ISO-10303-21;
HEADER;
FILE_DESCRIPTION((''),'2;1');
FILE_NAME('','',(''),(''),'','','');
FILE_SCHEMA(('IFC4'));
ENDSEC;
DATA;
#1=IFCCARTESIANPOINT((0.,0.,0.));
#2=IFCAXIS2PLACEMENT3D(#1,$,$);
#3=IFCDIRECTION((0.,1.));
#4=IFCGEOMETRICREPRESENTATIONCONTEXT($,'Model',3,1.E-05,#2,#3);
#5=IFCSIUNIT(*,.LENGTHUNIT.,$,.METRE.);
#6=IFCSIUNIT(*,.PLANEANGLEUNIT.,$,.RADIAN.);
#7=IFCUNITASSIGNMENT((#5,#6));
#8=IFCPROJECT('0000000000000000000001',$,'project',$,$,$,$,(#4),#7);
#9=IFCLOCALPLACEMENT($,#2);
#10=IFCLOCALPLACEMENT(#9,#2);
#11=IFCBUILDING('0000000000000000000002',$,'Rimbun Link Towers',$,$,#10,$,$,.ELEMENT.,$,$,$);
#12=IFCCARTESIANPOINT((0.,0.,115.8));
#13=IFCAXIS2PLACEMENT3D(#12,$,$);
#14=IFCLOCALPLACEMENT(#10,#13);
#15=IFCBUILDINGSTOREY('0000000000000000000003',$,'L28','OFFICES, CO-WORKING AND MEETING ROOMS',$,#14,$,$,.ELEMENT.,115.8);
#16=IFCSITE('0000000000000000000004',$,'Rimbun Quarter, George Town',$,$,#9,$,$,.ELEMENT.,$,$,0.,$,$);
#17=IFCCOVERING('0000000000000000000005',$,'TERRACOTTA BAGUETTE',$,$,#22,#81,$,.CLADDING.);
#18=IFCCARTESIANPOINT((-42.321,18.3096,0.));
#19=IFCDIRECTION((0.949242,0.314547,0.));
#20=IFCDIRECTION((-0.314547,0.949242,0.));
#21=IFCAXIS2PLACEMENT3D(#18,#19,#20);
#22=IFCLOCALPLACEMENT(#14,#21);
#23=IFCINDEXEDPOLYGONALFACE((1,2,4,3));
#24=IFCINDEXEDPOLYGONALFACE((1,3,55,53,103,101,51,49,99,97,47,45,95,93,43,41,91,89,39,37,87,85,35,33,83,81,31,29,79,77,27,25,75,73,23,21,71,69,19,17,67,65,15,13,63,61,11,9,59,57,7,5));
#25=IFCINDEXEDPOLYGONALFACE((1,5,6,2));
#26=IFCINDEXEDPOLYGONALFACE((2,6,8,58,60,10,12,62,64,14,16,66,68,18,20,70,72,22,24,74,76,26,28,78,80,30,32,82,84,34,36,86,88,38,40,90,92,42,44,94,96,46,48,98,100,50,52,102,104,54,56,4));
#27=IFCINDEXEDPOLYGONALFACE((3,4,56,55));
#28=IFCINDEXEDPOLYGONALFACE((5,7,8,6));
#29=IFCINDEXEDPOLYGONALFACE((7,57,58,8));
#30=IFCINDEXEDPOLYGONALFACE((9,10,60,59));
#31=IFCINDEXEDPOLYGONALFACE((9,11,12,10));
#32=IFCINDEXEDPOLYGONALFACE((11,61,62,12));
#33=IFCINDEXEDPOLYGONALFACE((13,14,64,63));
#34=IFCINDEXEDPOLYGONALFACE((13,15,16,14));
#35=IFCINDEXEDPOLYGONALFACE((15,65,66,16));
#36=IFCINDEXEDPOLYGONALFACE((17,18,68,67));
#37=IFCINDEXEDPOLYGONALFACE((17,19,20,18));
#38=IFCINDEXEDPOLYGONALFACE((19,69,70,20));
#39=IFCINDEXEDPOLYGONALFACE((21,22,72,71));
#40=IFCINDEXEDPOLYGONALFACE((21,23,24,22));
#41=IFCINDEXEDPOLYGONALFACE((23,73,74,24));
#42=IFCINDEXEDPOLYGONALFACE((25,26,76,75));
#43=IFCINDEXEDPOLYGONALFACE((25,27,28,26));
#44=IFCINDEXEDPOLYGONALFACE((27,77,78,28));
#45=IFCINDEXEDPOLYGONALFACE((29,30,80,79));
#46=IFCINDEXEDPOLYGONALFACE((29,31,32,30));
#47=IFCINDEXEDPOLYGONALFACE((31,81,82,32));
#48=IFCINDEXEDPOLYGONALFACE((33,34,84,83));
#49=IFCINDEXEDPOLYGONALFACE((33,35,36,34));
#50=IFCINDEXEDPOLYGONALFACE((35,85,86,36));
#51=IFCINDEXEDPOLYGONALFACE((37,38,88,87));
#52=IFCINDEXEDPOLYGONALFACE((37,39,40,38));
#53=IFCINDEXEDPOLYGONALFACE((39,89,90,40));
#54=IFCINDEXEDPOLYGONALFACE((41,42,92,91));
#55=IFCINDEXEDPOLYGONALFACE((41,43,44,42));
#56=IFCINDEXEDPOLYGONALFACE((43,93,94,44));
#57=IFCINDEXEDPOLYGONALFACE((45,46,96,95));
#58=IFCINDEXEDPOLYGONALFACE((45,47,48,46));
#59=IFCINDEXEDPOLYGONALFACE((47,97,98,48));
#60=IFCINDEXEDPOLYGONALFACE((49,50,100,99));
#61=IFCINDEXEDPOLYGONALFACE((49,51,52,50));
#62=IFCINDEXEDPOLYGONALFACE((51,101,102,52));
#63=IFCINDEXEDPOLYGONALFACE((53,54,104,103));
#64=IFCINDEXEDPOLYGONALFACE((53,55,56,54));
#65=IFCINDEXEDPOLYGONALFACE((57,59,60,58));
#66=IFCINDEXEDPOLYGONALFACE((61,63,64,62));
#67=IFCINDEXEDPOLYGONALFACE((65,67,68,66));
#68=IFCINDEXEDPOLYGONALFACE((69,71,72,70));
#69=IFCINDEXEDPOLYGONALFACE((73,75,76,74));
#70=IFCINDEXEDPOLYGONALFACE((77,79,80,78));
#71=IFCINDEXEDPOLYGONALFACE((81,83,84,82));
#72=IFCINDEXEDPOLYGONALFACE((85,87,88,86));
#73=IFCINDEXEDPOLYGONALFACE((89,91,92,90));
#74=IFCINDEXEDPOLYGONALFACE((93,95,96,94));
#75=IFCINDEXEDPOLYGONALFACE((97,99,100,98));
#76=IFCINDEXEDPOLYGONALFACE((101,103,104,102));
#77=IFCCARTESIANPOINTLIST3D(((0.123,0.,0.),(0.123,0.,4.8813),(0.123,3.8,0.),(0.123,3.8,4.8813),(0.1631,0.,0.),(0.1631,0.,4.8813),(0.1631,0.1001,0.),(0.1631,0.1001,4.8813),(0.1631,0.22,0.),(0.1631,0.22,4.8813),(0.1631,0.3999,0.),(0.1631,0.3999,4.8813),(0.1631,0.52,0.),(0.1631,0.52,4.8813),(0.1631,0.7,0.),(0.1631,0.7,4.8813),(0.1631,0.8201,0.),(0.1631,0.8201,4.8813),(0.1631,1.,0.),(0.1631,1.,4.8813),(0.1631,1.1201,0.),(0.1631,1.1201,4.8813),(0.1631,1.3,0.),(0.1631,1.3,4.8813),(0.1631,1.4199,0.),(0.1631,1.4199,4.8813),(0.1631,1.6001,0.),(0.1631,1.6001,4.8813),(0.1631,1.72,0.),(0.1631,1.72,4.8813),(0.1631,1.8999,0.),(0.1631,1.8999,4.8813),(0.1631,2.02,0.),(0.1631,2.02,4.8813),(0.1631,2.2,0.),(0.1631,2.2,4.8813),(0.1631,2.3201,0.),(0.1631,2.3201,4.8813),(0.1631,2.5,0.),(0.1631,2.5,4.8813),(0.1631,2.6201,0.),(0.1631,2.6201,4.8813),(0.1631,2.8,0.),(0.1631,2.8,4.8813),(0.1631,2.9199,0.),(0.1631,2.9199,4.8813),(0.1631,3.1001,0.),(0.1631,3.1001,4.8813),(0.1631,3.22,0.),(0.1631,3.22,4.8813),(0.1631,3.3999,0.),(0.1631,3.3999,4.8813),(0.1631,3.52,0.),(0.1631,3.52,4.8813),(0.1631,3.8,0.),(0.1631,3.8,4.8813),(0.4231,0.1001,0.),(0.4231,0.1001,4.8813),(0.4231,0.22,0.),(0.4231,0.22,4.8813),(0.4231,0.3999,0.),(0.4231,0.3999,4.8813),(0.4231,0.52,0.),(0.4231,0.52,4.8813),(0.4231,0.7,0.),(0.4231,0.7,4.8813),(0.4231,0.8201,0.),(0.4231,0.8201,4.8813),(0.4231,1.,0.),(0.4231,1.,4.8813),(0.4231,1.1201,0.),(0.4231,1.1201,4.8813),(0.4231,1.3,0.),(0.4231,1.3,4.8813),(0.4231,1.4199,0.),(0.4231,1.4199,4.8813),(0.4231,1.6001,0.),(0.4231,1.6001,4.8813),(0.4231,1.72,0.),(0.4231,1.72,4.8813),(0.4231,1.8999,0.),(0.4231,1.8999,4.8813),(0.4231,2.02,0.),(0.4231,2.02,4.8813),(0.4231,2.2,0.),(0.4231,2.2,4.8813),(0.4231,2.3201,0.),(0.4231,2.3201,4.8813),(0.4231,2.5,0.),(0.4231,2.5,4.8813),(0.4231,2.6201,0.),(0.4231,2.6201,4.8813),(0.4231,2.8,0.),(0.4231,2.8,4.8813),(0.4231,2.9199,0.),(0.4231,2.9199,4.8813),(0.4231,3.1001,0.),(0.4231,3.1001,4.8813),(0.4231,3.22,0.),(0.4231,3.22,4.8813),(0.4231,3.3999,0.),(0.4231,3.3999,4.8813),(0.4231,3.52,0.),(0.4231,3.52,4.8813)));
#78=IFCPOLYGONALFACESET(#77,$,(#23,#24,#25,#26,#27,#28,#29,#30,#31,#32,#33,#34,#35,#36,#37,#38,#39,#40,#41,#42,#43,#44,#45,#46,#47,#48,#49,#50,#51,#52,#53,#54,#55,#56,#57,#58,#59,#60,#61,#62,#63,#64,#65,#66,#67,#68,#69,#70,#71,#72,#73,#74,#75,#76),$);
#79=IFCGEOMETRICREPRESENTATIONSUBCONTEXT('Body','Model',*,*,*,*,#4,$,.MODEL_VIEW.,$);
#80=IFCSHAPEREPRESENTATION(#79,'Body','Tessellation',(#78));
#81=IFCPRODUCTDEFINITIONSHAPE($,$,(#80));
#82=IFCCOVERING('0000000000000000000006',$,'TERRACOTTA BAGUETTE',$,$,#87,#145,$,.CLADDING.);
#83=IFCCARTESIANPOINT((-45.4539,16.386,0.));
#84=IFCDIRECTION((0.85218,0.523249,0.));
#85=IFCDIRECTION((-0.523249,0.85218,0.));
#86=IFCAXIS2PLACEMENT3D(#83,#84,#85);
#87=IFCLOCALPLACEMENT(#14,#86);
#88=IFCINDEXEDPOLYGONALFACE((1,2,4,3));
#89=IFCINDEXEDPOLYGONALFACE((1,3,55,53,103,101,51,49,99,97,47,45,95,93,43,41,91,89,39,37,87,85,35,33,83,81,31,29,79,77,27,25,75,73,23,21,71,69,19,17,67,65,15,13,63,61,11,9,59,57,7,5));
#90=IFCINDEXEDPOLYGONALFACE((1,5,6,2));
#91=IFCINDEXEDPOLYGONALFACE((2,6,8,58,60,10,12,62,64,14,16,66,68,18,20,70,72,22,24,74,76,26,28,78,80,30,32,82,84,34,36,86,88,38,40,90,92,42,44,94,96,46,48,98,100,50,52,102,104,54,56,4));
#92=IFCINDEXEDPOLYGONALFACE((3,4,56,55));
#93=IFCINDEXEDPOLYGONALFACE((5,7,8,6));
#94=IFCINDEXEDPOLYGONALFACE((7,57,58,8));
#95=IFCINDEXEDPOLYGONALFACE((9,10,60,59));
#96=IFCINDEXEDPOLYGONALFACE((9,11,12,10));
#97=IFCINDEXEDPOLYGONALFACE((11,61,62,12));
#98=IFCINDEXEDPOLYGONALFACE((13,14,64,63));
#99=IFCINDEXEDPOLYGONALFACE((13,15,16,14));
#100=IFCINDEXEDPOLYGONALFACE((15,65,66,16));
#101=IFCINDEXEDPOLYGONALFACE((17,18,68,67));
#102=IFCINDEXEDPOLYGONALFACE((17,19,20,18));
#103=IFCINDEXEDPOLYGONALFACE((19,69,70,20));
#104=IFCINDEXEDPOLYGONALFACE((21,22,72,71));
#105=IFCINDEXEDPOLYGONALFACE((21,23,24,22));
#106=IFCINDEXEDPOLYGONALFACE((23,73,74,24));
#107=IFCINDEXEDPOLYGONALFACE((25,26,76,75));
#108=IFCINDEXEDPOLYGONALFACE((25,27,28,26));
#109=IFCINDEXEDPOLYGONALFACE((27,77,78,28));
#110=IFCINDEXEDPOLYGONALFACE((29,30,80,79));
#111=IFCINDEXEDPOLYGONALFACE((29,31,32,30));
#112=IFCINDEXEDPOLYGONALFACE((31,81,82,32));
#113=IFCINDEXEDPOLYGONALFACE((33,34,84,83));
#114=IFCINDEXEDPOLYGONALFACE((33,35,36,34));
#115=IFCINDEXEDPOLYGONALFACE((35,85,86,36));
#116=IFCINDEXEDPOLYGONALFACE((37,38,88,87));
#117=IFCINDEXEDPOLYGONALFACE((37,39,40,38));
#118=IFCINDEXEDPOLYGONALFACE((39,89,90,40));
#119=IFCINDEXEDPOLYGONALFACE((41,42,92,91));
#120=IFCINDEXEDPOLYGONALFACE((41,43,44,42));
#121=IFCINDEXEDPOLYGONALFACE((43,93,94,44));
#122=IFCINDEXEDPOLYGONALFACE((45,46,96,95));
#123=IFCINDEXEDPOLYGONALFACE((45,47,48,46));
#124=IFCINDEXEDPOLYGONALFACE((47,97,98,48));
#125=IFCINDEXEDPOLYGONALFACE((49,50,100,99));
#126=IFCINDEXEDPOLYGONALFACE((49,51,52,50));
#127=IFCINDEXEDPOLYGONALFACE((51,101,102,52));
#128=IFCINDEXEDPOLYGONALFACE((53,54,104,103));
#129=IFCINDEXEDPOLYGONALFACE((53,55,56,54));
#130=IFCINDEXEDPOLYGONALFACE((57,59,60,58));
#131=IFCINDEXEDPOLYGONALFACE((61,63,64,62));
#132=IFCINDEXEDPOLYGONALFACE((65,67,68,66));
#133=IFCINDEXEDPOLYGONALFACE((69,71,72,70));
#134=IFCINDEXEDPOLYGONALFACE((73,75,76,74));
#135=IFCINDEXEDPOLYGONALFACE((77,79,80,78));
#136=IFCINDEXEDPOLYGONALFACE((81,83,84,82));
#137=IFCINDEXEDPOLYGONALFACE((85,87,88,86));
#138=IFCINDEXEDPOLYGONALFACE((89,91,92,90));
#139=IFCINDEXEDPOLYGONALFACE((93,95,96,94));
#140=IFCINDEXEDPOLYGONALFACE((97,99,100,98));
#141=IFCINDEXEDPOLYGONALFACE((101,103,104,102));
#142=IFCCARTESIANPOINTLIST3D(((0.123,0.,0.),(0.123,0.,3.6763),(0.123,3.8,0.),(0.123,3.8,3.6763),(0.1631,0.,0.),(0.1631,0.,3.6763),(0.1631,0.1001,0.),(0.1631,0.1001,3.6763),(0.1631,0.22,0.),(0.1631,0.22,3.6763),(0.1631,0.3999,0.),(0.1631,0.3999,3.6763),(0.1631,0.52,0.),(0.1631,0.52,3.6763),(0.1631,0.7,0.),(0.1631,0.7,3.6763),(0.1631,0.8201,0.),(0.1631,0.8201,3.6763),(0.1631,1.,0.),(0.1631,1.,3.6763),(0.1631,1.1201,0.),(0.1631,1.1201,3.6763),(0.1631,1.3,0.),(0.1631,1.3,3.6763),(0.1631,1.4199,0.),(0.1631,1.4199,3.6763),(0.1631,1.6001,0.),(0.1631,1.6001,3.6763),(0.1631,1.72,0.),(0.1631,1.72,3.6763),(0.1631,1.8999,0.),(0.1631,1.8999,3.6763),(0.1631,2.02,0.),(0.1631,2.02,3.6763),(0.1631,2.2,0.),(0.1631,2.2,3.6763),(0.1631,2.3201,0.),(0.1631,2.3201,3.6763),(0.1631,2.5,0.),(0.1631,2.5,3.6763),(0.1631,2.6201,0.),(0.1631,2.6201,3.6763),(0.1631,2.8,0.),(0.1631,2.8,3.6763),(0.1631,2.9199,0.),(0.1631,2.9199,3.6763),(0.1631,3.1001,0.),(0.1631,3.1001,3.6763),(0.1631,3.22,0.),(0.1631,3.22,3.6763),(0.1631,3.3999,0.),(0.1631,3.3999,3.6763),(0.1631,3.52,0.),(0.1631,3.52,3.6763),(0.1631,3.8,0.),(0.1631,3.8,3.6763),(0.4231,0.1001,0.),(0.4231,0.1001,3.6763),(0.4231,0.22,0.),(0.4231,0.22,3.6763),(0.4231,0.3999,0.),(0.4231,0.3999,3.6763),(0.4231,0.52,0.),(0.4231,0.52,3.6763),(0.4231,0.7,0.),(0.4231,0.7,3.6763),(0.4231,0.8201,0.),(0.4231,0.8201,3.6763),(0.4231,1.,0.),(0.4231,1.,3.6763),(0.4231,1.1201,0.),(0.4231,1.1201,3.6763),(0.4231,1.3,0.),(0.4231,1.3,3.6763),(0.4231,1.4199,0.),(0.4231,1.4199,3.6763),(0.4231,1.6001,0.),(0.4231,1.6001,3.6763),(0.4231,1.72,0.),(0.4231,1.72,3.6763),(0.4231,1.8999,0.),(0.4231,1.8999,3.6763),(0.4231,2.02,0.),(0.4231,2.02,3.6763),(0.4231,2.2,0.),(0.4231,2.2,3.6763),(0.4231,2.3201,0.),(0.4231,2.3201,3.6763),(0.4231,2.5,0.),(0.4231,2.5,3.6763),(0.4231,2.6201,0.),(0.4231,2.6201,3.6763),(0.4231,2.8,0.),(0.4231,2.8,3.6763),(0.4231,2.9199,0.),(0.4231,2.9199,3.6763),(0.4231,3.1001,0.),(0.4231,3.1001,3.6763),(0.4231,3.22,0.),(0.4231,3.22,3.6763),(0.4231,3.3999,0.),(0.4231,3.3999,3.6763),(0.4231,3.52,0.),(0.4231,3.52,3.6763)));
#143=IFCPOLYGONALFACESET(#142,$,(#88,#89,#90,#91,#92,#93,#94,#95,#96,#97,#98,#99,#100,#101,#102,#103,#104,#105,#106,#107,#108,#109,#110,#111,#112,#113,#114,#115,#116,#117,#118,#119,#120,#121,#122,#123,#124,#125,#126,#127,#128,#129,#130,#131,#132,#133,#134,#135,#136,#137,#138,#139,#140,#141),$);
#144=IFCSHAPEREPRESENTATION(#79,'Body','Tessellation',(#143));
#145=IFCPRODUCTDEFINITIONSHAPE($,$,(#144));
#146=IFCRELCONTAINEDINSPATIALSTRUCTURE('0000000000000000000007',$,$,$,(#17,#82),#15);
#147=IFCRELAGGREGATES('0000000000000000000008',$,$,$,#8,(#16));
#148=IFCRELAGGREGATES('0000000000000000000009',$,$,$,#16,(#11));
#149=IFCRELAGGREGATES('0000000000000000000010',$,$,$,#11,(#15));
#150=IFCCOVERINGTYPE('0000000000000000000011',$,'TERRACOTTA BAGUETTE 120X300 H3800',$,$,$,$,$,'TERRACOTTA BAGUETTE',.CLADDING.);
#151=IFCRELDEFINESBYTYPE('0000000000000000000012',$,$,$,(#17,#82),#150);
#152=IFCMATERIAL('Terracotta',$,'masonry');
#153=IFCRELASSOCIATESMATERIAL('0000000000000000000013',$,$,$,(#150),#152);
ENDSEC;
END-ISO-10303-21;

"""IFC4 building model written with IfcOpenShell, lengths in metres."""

from ifc_helpers import new_model, si_unit, direction, frame, origin, place, context, subcontext, project, spatial, polyline, outline, extrude, material, material_profile, profile_set, type_object, element, save


model = new_model("IFC4")

# Units and contexts
model_context = context("Model", 3, precision=1e-05, world=origin(), true_north=direction((0.0, 1.0)))
body_context = subcontext(model_context, "Body", "Model", "MODEL_VIEW")
ifc_project = project(units=[si_unit("LENGTHUNIT", "METRE"), si_unit("PLANEANGLEUNIT", "RADIAN")], contexts=[model_context])

# Site, building, storey
site_placement = place(None, origin())
site = spatial("IfcSite", under=ifc_project, at=site_placement, Name="Rimbun Quarter, George Town", CompositionType="ELEMENT", RefElevation=0.0)
building_placement = place(site_placement, origin())
building = spatial("IfcBuilding", under=site, at=building_placement, Name="Rimbun Link Towers", CompositionType="ELEMENT")
storey_placement = place(building_placement, frame((0.0, 0.0, 115.8)))
storey = spatial("IfcBuildingStorey", under=building, at=storey_placement, Name="L28", Description="OFFICES, CO-WORKING AND MEETING ROOMS", CompositionType="ELEMENT", Elevation=115.8)

# Coverings
ifc_material_1 = material(Name="Terracotta", Category="masonry")
ifc_material_profile_1 = material_profile(ifc_material_1, outline(polyline([(0.123, 0.0), (0.1631, 0.0), (0.1631, 0.1001), (0.4231, 0.1001), (0.4231, 0.22), (0.1631, 0.22), (0.1631, 0.3999), (0.4231, 0.3999), (0.4231, 0.52), (0.1631, 0.52), (0.1631, 0.7), (0.4231, 0.7), (0.4231, 0.8201), (0.1631, 0.8201), (0.1631, 1.0), (0.4231, 1.0), (0.4231, 1.1201), (0.1631, 1.1201), (0.1631, 1.3), (0.4231, 1.3), (0.4231, 1.4199), (0.1631, 1.4199), (0.1631, 1.6001), (0.4231, 1.6001), (0.4231, 1.72), (0.1631, 1.72), (0.1631, 1.8999), (0.4231, 1.8999), (0.4231, 2.02), (0.1631, 2.02), (0.1631, 2.2), (0.4231, 2.2), (0.4231, 2.3201), (0.1631, 2.3201), (0.1631, 2.5), (0.4231, 2.5), (0.4231, 2.6201), (0.1631, 2.6201), (0.1631, 2.8), (0.4231, 2.8), (0.4231, 2.9199), (0.1631, 2.9199), (0.1631, 3.1001), (0.4231, 3.1001), (0.4231, 3.22), (0.1631, 3.22), (0.1631, 3.3999), (0.4231, 3.3999), (0.4231, 3.52), (0.1631, 3.52), (0.1631, 3.8), (0.123, 3.8), (0.123, 0.0)])), Name="BAGUETTE 120X300")
ifc_profile_set_1 = profile_set([ifc_material_profile_1], Name="Terracotta")
covering_type = type_object("IfcCoveringType", Name="TERRACOTTA BAGUETTE 120X300 H3800", ElementType="TERRACOTTA BAGUETTE", PredefinedType="CLADDING", material=ifc_profile_set_1)
covering_1_placement = place(storey_placement, frame((-42.321, 18.3096, 0.0), z_axis=(0.949242, 0.314547, 0.0), x_axis=(-0.314547, 0.949242, 0.0)))
element("IfcCovering", 1, at=covering_1_placement, inside=storey, type_object=covering_type, Name="TERRACOTTA BAGUETTE", PredefinedType="CLADDING", context=body_context, shape_type="SweptSolid", body=[
    extrude(outline(polyline([(0.123, 0.0), (0.1631, 0.0), (0.1631, 0.1001), (0.4231, 0.1001), (0.4231, 0.22), (0.1631, 0.22), (0.1631, 0.3999), (0.4231, 0.3999), (0.4231, 0.52), (0.1631, 0.52), (0.1631, 0.7), (0.4231, 0.7), (0.4231, 0.8201), (0.1631, 0.8201), (0.1631, 1.0), (0.4231, 1.0), (0.4231, 1.1201), (0.1631, 1.1201), (0.1631, 1.3), (0.4231, 1.3), (0.4231, 1.4199), (0.1631, 1.4199), (0.1631, 1.6001), (0.4231, 1.6001), (0.4231, 1.72), (0.1631, 1.72), (0.1631, 1.8999), (0.4231, 1.8999), (0.4231, 2.02), (0.1631, 2.02), (0.1631, 2.2), (0.4231, 2.2), (0.4231, 2.3201), (0.1631, 2.3201), (0.1631, 2.5), (0.4231, 2.5), (0.4231, 2.6201), (0.1631, 2.6201), (0.1631, 2.8), (0.4231, 2.8), (0.4231, 2.9199), (0.1631, 2.9199), (0.1631, 3.1001), (0.4231, 3.1001), (0.4231, 3.22), (0.1631, 3.22), (0.1631, 3.3999), (0.4231, 3.3999), (0.4231, 3.52), (0.1631, 3.52), (0.1631, 3.8), (0.123, 3.8), (0.123, 0.0)])), origin(), (0.0, 0.0, 1.0), 4.8813),
])
covering_2_placement = place(storey_placement, frame((-45.4539, 16.386, 0.0), z_axis=(0.85218, 0.523249, 0.0), x_axis=(-0.523249, 0.85218, 0.0)))
element("IfcCovering", 2, at=covering_2_placement, inside=storey, type_object=covering_type, Name="TERRACOTTA BAGUETTE", PredefinedType="CLADDING", context=body_context, shape_type="SweptSolid", body=[
    extrude(outline(polyline([(0.123, 0.0), (0.1631, 0.0), (0.1631, 0.1001), (0.4231, 0.1001), (0.4231, 0.22), (0.1631, 0.22), (0.1631, 0.3999), (0.4231, 0.3999), (0.4231, 0.52), (0.1631, 0.52), (0.1631, 0.7), (0.4231, 0.7), (0.4231, 0.8201), (0.1631, 0.8201), (0.1631, 1.0), (0.4231, 1.0), (0.4231, 1.1201), (0.1631, 1.1201), (0.1631, 1.3), (0.4231, 1.3), (0.4231, 1.4199), (0.1631, 1.4199), (0.1631, 1.6001), (0.4231, 1.6001), (0.4231, 1.72), (0.1631, 1.72), (0.1631, 1.8999), (0.4231, 1.8999), (0.4231, 2.02), (0.1631, 2.02), (0.1631, 2.2), (0.4231, 2.2), (0.4231, 2.3201), (0.1631, 2.3201), (0.1631, 2.5), (0.4231, 2.5), (0.4231, 2.6201), (0.1631, 2.6201), (0.1631, 2.8), (0.4231, 2.8), (0.4231, 2.9199), (0.1631, 2.9199), (0.1631, 3.1001), (0.4231, 3.1001), (0.4231, 3.22), (0.1631, 3.22), (0.1631, 3.3999), (0.4231, 3.3999), (0.4231, 3.52), (0.1631, 3.52), (0.1631, 3.8), (0.123, 3.8), (0.123, 0.0)])), origin(), (0.0, 0.0, 1.0), 3.6763),
])

save(model, "model.ifc")
